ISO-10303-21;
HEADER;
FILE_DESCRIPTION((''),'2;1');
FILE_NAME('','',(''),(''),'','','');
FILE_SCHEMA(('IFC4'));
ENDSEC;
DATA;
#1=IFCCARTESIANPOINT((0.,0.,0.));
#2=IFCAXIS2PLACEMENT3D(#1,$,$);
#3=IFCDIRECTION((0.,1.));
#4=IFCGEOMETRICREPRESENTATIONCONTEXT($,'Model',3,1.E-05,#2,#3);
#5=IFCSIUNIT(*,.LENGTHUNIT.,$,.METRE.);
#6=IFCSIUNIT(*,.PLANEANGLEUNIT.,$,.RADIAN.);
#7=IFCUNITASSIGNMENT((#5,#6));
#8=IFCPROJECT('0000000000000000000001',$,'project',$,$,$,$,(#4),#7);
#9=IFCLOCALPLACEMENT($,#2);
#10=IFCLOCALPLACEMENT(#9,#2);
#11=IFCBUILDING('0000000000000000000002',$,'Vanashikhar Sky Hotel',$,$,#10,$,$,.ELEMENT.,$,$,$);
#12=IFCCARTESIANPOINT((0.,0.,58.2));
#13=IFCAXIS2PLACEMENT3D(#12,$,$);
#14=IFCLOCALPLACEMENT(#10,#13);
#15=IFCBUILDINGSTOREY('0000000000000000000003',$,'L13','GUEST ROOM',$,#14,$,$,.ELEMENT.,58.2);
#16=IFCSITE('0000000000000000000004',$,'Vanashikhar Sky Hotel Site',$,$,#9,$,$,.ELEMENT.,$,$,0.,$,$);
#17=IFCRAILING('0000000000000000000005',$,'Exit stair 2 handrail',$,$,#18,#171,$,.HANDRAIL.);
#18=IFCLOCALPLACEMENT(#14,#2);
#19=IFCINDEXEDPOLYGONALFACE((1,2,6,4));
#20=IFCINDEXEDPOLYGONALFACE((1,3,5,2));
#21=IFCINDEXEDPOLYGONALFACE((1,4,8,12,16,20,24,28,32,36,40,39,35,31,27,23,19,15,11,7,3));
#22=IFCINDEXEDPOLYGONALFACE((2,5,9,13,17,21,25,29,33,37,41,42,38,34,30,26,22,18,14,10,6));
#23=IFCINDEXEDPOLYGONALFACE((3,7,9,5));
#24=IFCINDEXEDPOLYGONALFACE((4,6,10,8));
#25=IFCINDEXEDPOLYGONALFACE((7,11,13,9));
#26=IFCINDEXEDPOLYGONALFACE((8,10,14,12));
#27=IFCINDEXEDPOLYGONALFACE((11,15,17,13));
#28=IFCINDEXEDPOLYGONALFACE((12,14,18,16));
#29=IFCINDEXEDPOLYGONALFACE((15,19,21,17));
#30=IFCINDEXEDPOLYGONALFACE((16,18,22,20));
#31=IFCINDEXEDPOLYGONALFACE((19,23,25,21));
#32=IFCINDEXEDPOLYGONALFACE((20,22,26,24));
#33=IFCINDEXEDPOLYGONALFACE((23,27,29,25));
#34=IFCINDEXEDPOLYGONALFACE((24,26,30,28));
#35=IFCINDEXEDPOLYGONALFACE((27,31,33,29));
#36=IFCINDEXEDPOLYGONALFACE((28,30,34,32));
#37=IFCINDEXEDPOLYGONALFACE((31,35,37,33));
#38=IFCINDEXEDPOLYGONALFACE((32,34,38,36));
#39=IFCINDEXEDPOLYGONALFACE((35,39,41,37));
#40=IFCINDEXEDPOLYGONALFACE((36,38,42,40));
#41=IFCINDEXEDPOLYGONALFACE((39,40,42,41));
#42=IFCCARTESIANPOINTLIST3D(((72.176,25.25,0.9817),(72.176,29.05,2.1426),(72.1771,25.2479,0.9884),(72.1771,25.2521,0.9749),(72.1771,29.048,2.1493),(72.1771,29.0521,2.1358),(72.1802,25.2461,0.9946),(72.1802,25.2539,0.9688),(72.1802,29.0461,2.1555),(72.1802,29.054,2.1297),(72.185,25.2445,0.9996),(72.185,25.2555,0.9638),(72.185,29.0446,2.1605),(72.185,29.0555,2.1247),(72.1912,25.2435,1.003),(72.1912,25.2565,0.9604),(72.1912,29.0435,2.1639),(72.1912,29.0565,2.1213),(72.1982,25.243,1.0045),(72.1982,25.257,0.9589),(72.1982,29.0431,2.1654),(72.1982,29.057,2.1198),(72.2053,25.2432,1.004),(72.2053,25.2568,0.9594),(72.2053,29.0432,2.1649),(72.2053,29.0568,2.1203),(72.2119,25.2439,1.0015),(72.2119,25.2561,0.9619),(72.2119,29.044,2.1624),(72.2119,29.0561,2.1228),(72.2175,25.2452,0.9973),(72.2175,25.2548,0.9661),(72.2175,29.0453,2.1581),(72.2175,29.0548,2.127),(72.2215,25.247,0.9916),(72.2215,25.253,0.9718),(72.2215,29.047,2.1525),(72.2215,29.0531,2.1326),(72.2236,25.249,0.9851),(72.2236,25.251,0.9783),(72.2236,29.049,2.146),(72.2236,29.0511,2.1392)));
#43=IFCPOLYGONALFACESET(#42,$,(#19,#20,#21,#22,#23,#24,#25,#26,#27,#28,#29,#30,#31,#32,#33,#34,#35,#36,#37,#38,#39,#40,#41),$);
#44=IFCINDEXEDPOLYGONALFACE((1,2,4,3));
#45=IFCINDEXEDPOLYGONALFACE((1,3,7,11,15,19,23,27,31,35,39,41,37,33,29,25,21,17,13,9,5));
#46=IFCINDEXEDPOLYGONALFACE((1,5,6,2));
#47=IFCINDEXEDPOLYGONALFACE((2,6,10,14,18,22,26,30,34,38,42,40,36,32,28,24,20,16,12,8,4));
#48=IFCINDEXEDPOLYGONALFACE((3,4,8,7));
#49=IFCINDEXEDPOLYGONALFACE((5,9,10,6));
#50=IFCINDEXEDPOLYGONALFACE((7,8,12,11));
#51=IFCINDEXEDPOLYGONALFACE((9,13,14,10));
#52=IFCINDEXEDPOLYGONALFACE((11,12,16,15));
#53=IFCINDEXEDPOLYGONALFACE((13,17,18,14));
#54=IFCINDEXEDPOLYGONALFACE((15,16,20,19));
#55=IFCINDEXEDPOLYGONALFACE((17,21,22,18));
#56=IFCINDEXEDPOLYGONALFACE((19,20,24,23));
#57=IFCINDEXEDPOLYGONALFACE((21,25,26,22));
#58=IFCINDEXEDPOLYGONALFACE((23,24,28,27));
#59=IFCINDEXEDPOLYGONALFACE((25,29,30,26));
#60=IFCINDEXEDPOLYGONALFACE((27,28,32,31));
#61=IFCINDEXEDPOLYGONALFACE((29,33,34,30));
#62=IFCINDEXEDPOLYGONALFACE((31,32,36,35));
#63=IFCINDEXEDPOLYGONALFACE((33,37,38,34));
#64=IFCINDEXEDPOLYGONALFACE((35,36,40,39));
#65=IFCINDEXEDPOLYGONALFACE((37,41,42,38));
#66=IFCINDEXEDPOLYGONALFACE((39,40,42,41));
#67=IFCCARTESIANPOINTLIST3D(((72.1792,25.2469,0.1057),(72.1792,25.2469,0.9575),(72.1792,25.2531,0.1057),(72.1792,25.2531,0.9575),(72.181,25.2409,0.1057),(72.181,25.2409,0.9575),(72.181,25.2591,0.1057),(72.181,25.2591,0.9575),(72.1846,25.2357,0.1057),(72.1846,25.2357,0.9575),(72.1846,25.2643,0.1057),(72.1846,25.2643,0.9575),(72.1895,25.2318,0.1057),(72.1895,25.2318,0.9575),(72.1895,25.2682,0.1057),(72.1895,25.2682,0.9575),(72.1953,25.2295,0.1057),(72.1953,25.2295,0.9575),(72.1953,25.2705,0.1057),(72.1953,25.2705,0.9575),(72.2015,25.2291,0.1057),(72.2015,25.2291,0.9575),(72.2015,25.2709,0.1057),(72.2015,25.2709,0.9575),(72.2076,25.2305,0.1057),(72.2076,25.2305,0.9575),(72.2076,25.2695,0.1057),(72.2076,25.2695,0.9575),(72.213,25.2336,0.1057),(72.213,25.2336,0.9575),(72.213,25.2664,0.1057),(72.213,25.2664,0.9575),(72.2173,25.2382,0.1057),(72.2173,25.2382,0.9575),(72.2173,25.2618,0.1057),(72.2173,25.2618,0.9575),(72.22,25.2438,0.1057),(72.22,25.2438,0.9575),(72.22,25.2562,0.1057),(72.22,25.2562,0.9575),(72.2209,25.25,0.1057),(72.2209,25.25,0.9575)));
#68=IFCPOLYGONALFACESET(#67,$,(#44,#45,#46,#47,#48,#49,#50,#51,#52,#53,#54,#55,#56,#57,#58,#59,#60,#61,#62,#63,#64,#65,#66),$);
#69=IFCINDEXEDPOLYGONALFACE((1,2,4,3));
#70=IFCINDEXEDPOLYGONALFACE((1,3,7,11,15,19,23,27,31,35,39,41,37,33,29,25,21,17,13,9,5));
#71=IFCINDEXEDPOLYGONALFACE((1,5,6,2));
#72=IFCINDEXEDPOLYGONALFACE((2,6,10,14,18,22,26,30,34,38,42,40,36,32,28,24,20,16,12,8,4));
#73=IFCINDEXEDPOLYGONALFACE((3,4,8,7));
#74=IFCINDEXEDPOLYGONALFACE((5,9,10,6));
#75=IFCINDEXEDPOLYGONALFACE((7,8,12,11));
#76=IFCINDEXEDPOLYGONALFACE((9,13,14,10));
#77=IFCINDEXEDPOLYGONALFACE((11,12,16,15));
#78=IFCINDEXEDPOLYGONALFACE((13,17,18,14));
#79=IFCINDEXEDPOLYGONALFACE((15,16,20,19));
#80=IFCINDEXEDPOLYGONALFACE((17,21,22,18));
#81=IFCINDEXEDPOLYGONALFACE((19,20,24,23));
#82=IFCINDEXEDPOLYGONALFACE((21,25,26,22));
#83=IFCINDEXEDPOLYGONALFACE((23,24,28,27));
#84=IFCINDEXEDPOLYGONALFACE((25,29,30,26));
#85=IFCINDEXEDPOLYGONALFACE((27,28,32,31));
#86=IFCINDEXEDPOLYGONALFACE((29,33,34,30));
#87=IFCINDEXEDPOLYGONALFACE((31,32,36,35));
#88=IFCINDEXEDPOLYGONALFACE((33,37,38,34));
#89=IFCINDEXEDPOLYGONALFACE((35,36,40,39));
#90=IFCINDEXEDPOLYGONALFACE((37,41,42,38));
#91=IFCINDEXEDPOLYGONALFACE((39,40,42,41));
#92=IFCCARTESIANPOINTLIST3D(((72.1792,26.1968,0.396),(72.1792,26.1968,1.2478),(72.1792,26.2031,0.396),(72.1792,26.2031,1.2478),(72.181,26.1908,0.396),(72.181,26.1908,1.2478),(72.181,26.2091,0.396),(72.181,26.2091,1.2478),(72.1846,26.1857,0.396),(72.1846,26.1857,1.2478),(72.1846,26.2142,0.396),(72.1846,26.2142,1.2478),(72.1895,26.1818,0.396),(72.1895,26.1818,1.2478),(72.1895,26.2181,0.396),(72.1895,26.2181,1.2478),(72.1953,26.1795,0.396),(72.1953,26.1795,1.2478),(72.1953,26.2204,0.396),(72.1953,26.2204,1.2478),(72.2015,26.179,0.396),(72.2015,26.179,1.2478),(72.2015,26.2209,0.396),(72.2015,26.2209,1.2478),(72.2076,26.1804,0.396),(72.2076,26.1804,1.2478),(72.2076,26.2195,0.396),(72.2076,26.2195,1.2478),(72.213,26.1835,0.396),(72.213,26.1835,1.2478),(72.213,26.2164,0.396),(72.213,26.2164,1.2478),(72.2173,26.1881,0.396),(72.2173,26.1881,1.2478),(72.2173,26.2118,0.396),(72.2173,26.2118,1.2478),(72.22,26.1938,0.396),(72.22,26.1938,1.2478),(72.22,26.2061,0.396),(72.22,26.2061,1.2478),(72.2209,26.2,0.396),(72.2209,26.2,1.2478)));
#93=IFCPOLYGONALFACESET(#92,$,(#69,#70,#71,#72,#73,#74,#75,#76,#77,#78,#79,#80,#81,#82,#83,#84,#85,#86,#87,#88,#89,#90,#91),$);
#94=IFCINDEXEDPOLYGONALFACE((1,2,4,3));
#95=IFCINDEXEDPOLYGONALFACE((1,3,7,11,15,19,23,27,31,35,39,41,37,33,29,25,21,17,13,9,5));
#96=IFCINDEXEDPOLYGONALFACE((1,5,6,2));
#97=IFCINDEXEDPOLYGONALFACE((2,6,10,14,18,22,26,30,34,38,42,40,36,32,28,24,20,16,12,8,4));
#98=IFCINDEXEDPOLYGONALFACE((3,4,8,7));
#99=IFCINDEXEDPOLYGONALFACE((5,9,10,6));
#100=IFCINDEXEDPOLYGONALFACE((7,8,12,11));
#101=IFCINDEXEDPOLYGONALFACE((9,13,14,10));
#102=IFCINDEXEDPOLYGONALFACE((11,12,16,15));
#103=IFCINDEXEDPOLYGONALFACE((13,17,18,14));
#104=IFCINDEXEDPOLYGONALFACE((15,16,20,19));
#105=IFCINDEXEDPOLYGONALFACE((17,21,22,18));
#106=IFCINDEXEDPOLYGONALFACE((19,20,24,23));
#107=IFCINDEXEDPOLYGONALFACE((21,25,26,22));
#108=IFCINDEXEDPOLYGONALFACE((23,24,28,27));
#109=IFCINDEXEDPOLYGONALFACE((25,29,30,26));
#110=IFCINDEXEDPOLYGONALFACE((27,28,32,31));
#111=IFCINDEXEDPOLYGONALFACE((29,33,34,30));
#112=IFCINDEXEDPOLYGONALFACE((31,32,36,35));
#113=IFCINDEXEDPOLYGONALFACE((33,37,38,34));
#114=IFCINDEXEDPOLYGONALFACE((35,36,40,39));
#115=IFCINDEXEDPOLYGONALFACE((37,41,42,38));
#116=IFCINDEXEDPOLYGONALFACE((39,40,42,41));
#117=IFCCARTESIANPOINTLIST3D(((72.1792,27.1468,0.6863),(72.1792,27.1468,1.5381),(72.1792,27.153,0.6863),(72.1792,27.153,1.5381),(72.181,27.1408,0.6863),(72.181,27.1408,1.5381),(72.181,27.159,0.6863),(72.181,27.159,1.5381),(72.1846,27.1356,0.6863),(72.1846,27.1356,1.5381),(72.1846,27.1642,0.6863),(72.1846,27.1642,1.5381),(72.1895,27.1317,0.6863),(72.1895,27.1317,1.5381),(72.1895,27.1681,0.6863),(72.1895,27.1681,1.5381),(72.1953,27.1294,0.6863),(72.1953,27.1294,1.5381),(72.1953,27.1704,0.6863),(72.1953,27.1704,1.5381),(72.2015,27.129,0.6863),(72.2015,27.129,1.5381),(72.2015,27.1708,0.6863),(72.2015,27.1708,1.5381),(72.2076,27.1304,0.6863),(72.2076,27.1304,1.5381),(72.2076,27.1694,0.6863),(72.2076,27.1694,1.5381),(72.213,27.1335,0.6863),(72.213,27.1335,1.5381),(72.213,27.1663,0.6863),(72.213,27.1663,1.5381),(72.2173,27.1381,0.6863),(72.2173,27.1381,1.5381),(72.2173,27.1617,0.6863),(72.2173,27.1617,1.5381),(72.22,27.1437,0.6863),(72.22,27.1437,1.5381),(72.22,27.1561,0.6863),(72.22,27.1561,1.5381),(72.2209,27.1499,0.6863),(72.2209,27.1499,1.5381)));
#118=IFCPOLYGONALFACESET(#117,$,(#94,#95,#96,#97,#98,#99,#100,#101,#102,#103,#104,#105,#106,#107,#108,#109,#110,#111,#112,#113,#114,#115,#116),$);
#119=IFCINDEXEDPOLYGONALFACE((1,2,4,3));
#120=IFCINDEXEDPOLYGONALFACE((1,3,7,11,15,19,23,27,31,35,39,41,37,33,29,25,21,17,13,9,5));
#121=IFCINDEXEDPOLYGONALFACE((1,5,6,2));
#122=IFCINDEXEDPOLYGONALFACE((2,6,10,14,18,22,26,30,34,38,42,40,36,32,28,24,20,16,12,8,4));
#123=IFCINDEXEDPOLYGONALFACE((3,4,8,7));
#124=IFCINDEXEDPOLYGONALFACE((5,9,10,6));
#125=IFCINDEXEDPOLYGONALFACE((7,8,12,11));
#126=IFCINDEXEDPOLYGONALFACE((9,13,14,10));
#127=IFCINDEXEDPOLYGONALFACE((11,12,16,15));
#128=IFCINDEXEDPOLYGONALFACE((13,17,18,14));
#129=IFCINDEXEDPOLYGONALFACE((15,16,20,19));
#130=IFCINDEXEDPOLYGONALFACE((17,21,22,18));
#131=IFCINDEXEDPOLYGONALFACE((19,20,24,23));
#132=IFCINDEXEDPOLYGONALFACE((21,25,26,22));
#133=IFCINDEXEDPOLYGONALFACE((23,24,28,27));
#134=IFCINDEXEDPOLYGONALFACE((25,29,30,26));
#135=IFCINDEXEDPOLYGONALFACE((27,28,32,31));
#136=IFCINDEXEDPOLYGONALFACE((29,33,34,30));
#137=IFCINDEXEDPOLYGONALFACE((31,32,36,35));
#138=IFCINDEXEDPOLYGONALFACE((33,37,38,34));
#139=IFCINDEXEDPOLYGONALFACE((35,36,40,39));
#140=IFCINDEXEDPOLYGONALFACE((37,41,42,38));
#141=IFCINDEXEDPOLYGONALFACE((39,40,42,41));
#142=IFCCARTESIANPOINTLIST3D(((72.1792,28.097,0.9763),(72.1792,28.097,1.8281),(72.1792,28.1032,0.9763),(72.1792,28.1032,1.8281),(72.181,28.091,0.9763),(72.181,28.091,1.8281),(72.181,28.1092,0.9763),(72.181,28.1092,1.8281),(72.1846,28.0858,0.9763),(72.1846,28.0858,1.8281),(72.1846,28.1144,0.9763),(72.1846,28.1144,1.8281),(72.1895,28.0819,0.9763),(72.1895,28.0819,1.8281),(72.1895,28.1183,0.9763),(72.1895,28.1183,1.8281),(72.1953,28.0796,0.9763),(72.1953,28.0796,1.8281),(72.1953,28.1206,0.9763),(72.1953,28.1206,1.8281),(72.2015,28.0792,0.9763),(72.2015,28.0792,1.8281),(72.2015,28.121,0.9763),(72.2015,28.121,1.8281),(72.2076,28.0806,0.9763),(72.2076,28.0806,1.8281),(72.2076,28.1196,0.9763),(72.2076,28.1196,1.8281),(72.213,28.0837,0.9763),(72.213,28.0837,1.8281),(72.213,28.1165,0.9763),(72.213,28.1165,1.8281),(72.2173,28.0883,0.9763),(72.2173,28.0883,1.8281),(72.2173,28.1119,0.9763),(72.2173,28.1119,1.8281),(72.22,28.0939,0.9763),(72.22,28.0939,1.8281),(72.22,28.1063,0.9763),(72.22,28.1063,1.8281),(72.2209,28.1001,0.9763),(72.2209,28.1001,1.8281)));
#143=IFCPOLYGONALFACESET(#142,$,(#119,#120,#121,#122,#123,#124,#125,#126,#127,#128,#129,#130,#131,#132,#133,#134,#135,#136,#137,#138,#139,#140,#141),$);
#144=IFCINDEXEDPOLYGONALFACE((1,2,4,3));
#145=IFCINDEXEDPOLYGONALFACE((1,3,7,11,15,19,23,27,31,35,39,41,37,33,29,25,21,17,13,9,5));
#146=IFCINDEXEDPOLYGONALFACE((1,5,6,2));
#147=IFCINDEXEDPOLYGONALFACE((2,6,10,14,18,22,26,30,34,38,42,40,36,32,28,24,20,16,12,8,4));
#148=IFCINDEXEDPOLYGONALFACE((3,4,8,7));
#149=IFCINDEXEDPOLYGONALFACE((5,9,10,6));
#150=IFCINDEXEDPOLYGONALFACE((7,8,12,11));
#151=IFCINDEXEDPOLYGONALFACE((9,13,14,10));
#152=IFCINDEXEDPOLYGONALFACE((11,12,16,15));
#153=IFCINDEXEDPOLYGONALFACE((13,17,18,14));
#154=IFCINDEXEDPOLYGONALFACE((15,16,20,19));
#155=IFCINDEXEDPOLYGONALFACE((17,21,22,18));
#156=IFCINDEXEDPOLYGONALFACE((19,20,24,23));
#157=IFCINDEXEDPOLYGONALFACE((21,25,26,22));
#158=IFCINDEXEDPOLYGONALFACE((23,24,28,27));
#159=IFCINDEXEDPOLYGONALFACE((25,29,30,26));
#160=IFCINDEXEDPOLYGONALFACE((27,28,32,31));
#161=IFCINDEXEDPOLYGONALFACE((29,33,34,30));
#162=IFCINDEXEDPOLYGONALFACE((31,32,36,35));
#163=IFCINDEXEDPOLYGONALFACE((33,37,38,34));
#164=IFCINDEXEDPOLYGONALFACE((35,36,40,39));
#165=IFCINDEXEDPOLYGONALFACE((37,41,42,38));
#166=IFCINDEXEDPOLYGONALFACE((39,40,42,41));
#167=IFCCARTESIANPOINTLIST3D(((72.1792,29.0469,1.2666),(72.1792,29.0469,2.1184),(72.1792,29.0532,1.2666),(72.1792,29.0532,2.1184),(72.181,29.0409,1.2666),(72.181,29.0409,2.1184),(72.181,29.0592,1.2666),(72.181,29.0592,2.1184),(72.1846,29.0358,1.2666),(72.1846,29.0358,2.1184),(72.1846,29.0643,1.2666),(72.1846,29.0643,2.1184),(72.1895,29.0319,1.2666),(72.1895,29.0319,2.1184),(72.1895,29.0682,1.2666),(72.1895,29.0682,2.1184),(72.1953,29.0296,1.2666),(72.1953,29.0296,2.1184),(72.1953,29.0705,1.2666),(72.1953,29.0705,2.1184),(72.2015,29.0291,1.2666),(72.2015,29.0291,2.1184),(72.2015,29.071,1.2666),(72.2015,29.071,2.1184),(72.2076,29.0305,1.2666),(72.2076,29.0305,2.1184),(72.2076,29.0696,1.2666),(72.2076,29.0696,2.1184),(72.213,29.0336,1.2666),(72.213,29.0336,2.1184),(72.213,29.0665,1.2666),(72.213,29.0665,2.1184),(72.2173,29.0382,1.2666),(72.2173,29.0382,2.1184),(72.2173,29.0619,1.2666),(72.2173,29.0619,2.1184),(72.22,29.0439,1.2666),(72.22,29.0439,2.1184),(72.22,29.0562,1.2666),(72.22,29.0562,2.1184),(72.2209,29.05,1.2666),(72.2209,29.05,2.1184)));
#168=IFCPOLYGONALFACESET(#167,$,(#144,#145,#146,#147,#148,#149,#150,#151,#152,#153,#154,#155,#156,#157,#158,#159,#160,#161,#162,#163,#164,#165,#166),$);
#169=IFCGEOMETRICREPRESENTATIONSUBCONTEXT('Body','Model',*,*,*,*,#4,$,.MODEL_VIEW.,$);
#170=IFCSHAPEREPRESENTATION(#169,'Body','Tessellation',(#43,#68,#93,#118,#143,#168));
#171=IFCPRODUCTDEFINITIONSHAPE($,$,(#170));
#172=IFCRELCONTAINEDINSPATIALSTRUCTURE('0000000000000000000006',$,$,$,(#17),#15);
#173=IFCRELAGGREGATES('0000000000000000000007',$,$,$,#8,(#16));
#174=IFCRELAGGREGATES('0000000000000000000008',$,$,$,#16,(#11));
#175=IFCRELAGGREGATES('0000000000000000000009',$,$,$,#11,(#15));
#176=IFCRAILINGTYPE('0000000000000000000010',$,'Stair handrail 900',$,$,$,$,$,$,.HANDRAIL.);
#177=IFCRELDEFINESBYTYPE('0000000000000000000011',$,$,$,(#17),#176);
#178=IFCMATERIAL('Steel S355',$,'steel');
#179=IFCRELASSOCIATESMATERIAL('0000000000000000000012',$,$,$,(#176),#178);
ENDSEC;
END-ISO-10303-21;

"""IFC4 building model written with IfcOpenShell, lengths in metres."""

from ifc_helpers import new_model, si_unit, direction, frame, origin, origin_2d, place, context, subcontext, project, spatial, circle, extrude, source, transform, mapped, material, type_object, element, save


model = new_model("IFC4")

# Units and contexts
model_context = context("Model", 3, precision=1e-05, world=origin(), true_north=direction((0.0, 1.0)))
body_context = subcontext(model_context, "Body", "Model", "MODEL_VIEW")
ifc_project = project(units=[si_unit("LENGTHUNIT", "METRE"), si_unit("PLANEANGLEUNIT", "RADIAN")], contexts=[model_context])

# Site, building, storey
site_placement = place(None, origin())
site = spatial("IfcSite", under=ifc_project, at=site_placement, Name="Vanashikhar Sky Hotel Site", CompositionType="ELEMENT", RefElevation=0.0)
building_placement = place(site_placement, origin())
building = spatial("IfcBuilding", under=site, at=building_placement, Name="Vanashikhar Sky Hotel", CompositionType="ELEMENT")
storey_placement = place(building_placement, frame((0.0, 0.0, 58.2)))
storey = spatial("IfcBuildingStorey", under=building, at=storey_placement, Name="L13", Description="GUEST ROOM", CompositionType="ELEMENT", Elevation=58.2)

# Railing
ifc_material_1 = material(Name="Steel S355", Category="steel")
railing_type_1 = type_object("IfcRailingType", Name="Stair handrail 900", PredefinedType="HANDRAIL", material=ifc_material_1)
shared_shape_1 = source(origin(), body_context, "Body", "SweptSolid", [
    extrude(circle(Radius=0.0239, at=origin_2d()), frame((0.0, 0.0, 0.876), z_axis=(0.0, 0.956368, 0.292164), x_axis=(-1.0, 0.0, 0.0)), (0.0, 0.0, 1.0), 3.9734),
    extrude(circle(Radius=0.021, at=origin_2d()), origin(), (0.0, 0.0, 1.0), 0.8518),
    extrude(circle(Radius=0.021, at=origin_2d()), frame((0.0, 0.95, 0.2903)), (0.0, 0.0, 1.0), 0.8518),
    extrude(circle(Radius=0.021, at=origin_2d()), frame((0.0, 1.8999, 0.5806)), (0.0, 0.0, 1.0), 0.8518),
    extrude(circle(Radius=0.021, at=origin_2d()), frame((0.0, 2.8501, 0.8706)), (0.0, 0.0, 1.0), 0.8518),
    extrude(circle(Radius=0.021, at=origin_2d()), frame((0.0, 3.8, 1.1609)), (0.0, 0.0, 1.0), 0.8518),
])
for number, where, name in (
    (1, (72.2, 25.25, 0.1057), "Exit stair 2 handrail"),
):
    element("IfcRailing", number, at=place(storey_placement, frame(where)), inside=storey, type_object=railing_type_1, Name=name, PredefinedType="HANDRAIL", context=body_context, shape_type="MappedRepresentation", body=[
        mapped(shared_shape_1, transform((0.0, 0.0, 0.0), scale=1.0)),
    ])

save(model, "model.ifc")
